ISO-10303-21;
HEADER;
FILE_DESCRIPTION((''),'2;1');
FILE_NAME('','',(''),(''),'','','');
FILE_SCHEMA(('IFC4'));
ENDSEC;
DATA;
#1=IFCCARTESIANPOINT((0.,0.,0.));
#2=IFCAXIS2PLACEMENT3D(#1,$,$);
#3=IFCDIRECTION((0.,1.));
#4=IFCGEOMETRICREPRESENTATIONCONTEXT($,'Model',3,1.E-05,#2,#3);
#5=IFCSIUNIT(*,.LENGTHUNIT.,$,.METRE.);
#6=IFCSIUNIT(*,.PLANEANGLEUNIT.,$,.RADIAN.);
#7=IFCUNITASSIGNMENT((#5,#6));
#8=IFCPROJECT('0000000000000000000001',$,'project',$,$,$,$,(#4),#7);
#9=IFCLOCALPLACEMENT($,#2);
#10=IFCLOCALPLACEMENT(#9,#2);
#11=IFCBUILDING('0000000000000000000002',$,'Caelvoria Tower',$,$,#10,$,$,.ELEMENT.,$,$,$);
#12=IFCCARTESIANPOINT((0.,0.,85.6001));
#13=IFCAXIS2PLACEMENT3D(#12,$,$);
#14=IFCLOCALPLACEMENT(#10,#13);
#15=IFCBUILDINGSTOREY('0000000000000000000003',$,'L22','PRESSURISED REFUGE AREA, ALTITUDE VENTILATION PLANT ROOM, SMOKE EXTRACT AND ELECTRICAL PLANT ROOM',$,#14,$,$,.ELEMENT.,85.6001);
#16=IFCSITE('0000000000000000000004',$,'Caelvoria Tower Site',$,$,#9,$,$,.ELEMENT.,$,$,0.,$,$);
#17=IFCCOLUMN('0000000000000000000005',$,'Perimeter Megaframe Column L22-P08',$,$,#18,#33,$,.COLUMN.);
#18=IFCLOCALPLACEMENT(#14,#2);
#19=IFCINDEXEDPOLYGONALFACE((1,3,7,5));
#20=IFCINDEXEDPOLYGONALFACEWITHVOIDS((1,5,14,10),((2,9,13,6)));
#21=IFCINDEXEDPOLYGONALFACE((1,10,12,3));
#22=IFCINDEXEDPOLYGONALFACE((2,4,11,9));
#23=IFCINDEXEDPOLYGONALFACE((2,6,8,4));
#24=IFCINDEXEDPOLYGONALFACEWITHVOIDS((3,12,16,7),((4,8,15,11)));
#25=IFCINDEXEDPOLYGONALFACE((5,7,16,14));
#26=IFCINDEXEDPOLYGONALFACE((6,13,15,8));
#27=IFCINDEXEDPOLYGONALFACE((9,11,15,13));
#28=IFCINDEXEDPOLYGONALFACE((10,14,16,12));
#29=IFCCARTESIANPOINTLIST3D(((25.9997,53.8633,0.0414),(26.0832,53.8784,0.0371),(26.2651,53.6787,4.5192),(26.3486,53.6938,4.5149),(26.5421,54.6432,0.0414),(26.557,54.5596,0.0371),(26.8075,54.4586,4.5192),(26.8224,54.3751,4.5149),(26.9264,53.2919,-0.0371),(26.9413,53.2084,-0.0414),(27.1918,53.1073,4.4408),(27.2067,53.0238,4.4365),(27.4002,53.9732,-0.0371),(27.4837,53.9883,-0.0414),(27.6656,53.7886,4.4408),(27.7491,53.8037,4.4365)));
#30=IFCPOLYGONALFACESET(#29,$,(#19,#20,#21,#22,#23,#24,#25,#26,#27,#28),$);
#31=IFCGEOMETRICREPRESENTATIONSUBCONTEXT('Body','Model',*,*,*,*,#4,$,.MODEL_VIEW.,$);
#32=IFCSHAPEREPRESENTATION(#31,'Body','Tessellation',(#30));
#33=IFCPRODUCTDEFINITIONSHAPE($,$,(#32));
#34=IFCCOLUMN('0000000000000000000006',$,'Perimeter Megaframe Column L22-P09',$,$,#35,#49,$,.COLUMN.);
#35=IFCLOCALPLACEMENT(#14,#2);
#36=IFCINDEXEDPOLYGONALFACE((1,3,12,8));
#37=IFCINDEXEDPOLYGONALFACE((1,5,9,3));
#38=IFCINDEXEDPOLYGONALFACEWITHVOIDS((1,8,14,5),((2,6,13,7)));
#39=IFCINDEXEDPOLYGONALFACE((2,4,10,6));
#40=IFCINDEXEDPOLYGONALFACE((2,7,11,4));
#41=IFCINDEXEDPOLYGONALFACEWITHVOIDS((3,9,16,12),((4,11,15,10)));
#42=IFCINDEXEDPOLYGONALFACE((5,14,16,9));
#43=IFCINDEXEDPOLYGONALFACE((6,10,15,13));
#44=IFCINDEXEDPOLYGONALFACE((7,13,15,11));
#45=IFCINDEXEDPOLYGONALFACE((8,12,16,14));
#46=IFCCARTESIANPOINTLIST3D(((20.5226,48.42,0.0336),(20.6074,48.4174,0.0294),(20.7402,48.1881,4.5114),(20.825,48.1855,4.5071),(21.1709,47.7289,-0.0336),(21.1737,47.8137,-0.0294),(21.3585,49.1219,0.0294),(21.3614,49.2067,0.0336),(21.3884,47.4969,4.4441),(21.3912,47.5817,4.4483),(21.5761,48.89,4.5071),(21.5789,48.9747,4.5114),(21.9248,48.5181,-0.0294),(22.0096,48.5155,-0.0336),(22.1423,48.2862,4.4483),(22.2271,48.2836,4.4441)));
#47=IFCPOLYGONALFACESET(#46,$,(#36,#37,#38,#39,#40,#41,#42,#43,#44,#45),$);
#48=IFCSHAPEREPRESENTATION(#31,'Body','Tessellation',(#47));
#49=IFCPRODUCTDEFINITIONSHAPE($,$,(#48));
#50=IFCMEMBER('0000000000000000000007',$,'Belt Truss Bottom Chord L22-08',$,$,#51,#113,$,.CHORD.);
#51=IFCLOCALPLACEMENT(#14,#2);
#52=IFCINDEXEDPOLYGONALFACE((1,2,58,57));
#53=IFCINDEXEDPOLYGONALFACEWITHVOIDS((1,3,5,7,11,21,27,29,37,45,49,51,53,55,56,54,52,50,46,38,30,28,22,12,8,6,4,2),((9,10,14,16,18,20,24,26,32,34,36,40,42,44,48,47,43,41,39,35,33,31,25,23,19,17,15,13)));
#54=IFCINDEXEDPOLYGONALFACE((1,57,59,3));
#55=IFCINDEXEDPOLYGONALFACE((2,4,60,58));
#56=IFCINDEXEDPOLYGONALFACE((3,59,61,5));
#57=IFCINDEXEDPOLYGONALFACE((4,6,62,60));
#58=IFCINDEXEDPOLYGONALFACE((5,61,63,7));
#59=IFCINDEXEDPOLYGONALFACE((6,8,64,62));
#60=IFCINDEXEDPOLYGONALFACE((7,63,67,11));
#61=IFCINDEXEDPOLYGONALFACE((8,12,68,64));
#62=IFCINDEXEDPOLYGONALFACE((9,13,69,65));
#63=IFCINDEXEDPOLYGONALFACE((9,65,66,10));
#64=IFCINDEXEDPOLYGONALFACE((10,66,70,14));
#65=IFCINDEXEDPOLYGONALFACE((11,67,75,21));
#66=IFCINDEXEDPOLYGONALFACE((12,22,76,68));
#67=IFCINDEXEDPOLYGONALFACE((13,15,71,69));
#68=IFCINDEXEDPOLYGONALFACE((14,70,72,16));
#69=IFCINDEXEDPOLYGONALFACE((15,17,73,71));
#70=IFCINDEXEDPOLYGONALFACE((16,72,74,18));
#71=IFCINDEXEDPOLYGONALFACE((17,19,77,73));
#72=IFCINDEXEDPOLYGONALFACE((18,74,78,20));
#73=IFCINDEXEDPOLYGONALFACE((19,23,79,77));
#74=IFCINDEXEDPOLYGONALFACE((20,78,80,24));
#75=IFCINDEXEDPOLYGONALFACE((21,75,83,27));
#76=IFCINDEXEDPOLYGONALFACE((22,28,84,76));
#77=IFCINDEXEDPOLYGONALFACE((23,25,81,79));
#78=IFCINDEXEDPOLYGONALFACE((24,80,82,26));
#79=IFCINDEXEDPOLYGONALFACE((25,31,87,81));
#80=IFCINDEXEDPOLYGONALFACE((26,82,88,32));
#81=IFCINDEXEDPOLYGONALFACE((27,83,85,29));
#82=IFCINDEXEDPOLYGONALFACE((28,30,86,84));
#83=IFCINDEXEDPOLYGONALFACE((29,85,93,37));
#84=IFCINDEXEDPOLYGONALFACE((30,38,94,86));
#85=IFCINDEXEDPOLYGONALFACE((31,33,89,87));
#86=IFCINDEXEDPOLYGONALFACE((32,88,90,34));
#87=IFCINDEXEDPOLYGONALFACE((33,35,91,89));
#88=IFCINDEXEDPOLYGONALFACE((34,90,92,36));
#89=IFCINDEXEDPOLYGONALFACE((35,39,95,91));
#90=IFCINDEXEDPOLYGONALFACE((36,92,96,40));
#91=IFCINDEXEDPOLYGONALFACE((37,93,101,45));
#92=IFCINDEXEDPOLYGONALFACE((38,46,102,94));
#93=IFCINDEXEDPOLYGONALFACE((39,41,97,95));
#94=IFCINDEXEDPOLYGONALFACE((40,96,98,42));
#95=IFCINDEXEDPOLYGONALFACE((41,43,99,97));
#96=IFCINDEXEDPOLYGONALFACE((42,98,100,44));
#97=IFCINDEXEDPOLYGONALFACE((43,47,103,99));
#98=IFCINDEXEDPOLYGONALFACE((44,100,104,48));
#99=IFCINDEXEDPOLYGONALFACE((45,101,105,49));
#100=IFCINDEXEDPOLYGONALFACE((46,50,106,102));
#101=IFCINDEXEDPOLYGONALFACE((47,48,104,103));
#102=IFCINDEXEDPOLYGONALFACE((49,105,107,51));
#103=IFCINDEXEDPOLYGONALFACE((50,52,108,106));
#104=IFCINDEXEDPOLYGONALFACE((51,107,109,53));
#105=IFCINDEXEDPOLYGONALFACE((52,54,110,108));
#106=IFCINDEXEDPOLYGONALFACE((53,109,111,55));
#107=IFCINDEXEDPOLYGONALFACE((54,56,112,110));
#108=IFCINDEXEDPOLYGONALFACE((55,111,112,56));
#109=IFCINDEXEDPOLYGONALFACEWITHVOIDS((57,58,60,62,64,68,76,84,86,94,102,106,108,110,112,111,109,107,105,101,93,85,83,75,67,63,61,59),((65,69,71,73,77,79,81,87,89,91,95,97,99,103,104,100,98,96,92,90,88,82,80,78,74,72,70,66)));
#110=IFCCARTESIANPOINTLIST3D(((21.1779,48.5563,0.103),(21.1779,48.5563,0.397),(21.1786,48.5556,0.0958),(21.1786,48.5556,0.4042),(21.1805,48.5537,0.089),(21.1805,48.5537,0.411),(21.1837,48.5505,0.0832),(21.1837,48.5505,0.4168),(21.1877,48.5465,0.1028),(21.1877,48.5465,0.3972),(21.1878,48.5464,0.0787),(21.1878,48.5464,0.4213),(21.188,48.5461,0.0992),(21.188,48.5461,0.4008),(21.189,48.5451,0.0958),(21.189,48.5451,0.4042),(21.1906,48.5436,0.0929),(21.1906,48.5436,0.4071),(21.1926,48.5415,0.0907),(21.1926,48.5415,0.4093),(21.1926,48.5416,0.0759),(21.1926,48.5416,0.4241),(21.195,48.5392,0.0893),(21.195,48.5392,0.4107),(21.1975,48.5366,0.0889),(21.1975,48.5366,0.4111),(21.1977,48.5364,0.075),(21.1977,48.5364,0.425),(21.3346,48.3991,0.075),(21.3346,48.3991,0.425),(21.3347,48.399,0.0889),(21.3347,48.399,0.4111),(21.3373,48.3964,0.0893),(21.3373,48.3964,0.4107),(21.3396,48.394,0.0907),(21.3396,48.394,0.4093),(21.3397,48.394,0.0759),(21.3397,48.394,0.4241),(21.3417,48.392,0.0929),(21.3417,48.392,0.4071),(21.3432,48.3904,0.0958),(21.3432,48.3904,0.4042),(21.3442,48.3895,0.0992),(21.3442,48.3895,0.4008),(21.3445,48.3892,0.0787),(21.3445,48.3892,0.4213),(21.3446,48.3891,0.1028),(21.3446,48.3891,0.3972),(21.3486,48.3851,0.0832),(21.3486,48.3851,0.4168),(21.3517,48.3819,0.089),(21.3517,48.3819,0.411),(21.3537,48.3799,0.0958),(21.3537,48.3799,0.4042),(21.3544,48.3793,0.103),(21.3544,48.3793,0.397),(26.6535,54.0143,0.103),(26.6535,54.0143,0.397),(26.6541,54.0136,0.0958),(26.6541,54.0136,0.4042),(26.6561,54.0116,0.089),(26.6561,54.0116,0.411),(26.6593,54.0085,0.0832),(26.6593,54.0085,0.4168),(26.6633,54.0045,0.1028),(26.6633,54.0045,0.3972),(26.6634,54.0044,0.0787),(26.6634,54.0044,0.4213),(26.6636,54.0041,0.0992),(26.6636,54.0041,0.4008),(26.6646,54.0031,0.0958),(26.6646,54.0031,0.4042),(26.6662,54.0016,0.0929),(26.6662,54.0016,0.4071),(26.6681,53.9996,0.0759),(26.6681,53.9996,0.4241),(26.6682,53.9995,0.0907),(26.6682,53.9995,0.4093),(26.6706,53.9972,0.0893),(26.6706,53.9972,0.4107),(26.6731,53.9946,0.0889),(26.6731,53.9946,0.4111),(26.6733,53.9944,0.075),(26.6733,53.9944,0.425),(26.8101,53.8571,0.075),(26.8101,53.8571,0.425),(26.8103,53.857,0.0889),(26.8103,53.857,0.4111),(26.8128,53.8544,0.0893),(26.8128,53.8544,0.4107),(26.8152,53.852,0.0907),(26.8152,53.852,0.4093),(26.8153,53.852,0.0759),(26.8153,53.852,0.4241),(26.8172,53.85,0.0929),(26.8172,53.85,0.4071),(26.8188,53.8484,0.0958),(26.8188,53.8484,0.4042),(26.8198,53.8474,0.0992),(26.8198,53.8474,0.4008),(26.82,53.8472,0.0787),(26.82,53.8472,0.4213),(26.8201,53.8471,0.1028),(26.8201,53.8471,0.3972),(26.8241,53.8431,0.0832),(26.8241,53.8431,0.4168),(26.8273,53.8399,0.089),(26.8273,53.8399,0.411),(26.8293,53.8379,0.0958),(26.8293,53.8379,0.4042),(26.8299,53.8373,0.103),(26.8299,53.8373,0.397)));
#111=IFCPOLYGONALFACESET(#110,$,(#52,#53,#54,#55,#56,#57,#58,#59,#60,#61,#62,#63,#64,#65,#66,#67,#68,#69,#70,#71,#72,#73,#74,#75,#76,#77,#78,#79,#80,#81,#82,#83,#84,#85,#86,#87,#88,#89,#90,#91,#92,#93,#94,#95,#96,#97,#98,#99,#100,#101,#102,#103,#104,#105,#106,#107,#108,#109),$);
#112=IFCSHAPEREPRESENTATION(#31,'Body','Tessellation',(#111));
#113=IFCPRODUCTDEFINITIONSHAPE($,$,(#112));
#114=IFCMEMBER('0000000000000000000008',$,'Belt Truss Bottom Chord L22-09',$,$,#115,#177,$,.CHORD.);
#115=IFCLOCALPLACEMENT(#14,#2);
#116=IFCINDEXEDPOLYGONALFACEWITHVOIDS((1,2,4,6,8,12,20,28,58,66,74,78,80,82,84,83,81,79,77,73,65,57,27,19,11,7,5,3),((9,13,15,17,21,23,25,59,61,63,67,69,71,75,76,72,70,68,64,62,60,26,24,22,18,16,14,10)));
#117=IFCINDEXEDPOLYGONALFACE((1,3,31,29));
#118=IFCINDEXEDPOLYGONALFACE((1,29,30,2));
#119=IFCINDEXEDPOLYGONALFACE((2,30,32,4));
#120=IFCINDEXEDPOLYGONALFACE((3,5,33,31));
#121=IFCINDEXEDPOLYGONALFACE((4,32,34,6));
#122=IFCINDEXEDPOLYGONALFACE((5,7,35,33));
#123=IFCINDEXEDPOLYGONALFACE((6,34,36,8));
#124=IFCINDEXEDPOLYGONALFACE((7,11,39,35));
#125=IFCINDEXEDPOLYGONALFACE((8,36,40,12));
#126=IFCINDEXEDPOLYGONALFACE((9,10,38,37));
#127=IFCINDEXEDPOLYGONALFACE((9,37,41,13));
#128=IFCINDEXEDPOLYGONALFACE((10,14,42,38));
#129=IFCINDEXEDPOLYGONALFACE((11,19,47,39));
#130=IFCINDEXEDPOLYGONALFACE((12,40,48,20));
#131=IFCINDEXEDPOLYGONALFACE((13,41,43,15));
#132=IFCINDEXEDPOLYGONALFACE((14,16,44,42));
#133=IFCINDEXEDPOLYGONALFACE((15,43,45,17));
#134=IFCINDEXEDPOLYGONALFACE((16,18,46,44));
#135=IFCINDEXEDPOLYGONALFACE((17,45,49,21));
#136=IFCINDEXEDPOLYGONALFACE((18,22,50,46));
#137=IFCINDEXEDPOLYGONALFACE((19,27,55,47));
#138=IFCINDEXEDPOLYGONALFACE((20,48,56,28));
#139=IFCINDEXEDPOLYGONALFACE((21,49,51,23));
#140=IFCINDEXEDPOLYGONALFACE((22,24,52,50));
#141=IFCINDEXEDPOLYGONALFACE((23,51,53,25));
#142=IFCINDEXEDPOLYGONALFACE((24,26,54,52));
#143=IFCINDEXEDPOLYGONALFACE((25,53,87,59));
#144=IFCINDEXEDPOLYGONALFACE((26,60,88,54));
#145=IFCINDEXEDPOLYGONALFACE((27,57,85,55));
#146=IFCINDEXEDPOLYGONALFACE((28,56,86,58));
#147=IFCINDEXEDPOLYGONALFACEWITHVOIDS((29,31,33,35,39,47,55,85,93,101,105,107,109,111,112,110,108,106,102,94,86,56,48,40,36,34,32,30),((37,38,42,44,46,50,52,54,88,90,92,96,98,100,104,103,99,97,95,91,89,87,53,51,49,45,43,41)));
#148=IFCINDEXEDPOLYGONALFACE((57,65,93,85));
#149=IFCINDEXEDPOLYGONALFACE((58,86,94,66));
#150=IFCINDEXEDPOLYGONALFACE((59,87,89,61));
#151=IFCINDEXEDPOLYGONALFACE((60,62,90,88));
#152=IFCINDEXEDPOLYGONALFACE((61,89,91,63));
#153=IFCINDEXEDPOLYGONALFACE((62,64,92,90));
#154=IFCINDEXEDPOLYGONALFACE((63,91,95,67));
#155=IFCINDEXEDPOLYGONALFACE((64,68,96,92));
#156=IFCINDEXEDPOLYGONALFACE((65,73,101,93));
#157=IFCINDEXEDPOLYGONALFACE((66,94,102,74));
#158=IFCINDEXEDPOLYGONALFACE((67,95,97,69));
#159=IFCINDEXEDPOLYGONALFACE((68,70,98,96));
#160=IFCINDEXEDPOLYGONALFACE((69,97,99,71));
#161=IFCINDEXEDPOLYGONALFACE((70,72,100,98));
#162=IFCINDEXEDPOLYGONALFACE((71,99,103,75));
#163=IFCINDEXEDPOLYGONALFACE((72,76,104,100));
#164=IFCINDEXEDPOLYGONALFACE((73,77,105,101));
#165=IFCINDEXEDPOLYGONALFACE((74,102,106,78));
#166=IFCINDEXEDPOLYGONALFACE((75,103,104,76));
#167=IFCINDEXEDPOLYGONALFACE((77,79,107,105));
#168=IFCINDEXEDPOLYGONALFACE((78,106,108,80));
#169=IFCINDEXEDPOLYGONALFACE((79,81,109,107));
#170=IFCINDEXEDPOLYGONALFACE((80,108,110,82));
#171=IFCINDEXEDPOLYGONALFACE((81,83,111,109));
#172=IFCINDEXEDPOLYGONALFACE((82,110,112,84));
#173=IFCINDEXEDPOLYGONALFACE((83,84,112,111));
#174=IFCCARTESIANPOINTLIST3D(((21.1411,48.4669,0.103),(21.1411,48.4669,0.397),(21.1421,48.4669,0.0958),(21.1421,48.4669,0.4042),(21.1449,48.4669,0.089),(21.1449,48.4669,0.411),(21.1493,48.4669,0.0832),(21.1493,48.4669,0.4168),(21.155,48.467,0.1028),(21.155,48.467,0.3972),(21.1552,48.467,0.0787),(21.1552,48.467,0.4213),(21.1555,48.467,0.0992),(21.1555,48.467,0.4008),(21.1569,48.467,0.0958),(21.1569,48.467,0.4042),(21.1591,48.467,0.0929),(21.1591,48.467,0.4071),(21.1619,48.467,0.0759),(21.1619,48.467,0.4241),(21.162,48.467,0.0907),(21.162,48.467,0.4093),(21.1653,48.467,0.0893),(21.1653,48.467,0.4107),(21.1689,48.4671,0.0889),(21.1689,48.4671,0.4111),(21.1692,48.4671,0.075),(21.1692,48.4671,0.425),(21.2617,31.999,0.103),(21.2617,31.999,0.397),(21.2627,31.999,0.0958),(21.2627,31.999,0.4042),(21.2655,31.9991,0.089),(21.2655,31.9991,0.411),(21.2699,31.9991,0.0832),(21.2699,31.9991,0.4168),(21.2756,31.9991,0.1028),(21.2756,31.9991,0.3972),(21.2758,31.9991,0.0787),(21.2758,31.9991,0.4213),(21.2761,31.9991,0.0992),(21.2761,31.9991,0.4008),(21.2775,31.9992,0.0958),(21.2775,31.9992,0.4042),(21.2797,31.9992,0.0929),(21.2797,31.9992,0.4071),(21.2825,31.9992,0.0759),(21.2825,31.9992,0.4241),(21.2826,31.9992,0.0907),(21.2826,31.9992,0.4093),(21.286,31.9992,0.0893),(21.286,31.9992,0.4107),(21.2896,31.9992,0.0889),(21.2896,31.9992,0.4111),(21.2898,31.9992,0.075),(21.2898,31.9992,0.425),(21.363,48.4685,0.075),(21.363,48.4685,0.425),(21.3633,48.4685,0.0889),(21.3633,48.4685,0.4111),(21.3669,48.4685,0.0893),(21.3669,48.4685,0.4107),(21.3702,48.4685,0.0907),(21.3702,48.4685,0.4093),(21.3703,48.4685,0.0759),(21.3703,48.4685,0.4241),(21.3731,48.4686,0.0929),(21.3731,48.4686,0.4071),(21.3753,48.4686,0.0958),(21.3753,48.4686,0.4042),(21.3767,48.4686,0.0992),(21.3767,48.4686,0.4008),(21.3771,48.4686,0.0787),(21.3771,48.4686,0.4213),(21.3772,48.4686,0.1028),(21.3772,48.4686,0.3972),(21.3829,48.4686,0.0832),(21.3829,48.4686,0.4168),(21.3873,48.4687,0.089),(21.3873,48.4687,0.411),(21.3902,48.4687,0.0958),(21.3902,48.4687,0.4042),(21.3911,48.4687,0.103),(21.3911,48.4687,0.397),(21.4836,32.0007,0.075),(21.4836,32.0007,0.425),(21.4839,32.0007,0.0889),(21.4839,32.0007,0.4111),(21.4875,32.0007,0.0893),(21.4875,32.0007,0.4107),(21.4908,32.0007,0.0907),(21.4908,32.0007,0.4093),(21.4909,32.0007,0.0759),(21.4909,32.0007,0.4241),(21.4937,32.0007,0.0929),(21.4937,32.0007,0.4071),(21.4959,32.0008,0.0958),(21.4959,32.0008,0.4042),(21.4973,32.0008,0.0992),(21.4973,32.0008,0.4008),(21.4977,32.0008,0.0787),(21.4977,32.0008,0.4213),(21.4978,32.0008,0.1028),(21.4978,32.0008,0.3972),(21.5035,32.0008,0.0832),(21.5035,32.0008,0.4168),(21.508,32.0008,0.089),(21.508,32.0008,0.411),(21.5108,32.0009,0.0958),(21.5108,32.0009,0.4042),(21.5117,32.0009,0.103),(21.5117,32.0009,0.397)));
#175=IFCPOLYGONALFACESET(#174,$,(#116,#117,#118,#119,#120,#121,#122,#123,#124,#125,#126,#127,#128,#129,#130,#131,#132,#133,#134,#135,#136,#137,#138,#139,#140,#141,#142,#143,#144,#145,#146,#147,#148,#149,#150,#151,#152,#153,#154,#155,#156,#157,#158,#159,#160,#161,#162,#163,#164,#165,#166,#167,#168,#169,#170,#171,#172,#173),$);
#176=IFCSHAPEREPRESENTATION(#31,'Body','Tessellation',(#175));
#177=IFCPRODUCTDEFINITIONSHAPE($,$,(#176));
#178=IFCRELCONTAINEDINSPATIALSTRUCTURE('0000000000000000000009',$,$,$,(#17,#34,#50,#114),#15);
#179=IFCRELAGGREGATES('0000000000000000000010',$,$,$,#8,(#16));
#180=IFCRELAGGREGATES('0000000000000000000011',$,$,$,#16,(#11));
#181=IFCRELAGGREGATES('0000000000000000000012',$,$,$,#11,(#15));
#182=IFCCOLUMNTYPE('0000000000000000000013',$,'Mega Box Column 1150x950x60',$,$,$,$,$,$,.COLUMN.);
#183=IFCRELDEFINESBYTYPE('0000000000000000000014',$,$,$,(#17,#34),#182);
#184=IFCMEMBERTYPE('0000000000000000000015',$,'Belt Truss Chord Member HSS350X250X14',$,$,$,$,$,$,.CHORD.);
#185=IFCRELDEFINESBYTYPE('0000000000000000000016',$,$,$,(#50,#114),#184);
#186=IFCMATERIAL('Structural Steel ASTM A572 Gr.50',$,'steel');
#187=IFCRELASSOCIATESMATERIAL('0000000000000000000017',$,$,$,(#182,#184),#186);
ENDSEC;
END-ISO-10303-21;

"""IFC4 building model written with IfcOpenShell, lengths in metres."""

from ifc_helpers import new_model, si_unit, direction, frame, origin, origin_2d, place, context, subcontext, project, spatial, hollow_rectangle, extrude, material, material_profile, profile_set, type_object, element, save


model = new_model("IFC4")

# Units and contexts
model_context = context("Model", 3, precision=1e-05, world=origin(), true_north=direction((0.0, 1.0)))
body_context = subcontext(model_context, "Body", "Model", "MODEL_VIEW")
ifc_project = project(units=[si_unit("LENGTHUNIT", "METRE"), si_unit("PLANEANGLEUNIT", "RADIAN")], contexts=[model_context])

# Site, building, storey
site_placement = place(None, origin())
site = spatial("IfcSite", under=ifc_project, at=site_placement, Name="Caelvoria Tower Site", CompositionType="ELEMENT", RefElevation=0.0)
building_placement = place(site_placement, origin())
building = spatial("IfcBuilding", under=site, at=building_placement, Name="Caelvoria Tower", CompositionType="ELEMENT")
storey_placement = place(building_placement, frame((0.0, 0.0, 85.6001)))
storey = spatial("IfcBuildingStorey", under=building, at=storey_placement, Name="L22", Description="PRESSURISED REFUGE AREA, ALTITUDE VENTILATION PLANT ROOM, SMOKE EXTRACT AND ELECTRICAL PLANT ROOM", CompositionType="ELEMENT", Elevation=85.6001)

# Columns
ifc_material_1 = material(Name="Structural Steel ASTM A572 Gr.50", Category="steel")
ifc_material_profile_1 = material_profile(ifc_material_1, hollow_rectangle(XDim=0.95, YDim=1.1499, WallThickness=0.0601, at=origin_2d()), Name="Structural Steel ASTM A572 Gr.50")
ifc_profile_set_1 = profile_set([ifc_material_profile_1], Name="BOX1150X950X60 - Structural Steel ASTM A572 Gr.50")
column_type = type_object("IfcColumnType", Name="Mega Box Column 1150x950x60", PredefinedType="COLUMN", material=ifc_profile_set_1)
column_1_placement = place(storey_placement, frame((26.7417, 53.9258, 0.0), z_axis=(0.059112, -0.041112, 0.997404), x_axis=(0.570976, 0.820967, 0.0)))
element("IfcColumn", 1, at=column_1_placement, inside=storey, type_object=column_type, Name="Perimeter Megaframe Column L22-P08", PredefinedType="COLUMN", context=body_context, shape_type="SweptSolid", body=[
    extrude(hollow_rectangle(XDim=0.95, YDim=1.1499, WallThickness=0.0601, at=origin_2d()), origin(), (0.0, 0.0, 1.0), 4.4895),
])
column_2_placement = place(storey_placement, frame((21.2661, 48.4678, 0.0), z_axis=(0.048458, -0.051666, 0.997488), x_axis=(-0.682376, 0.727561, 0.070835)))
element("IfcColumn", 2, at=column_2_placement, inside=storey, type_object=column_type, Name="Perimeter Megaframe Column L22-P09", PredefinedType="COLUMN", context=body_context, shape_type="SweptSolid", body=[
    extrude(hollow_rectangle(XDim=0.95, YDim=1.1499, WallThickness=0.0601, at=origin_2d()), origin(), (0.0, 0.0, 1.0), 4.489),
])

# Members
ifc_material_profile_2 = material_profile(ifc_material_1, hollow_rectangle(XDim=0.25, YDim=0.3501, WallThickness=0.0139, InnerFilletRadius=0.0139, OuterFilletRadius=0.0281, at=origin_2d()), Name="Structural Steel ASTM A572 Gr.50")
ifc_profile_set_2 = profile_set([ifc_material_profile_2], Name="HSS350X250X14 - Structural Steel ASTM A572 Gr.50")
member_type_1 = type_object("IfcMemberType", Name="Belt Truss Chord Member HSS350X250X14", PredefinedType="CHORD", material=ifc_profile_set_2)
member_1_placement = place(storey_placement, frame((26.7417, 53.9258, 0.25), z_axis=(-0.708243, -0.705969, 0.0), x_axis=(0.705969, -0.708243, 0.0)))
element("IfcMember", 3, at=member_1_placement, inside=storey, type_object=member_type_1, Name="Belt Truss Bottom Chord L22-08", PredefinedType="CHORD", context=body_context, shape_type="SweptSolid", body=[
    extrude(hollow_rectangle(XDim=0.25, YDim=0.3501, WallThickness=0.0139, InnerFilletRadius=0.0139, OuterFilletRadius=0.0281, at=origin_2d()), origin(), (0.0, 0.0, 1.0), 7.7312),
])
for number, where, z_axis, x_axis, name in (
    (4, (21.2661, 48.4678, 0.25), (0.007324, -0.999973, 0.0), (0.999973, 0.007324, 0.0), "Belt Truss Bottom Chord L22-09"),
):
    element("IfcMember", number, at=place(storey_placement, frame(where, z_axis=z_axis, x_axis=x_axis)), inside=storey, type_object=member_type_1, Name=name, PredefinedType="CHORD", context=body_context, shape_type="SweptSolid", body=[
        extrude(hollow_rectangle(XDim=0.25, YDim=0.3501, WallThickness=0.0139, InnerFilletRadius=0.0139, OuterFilletRadius=0.0281, at=origin_2d()), origin(), (0.0, 0.0, 1.0), 16.4683),
    ])

save(model, "model.ifc")
